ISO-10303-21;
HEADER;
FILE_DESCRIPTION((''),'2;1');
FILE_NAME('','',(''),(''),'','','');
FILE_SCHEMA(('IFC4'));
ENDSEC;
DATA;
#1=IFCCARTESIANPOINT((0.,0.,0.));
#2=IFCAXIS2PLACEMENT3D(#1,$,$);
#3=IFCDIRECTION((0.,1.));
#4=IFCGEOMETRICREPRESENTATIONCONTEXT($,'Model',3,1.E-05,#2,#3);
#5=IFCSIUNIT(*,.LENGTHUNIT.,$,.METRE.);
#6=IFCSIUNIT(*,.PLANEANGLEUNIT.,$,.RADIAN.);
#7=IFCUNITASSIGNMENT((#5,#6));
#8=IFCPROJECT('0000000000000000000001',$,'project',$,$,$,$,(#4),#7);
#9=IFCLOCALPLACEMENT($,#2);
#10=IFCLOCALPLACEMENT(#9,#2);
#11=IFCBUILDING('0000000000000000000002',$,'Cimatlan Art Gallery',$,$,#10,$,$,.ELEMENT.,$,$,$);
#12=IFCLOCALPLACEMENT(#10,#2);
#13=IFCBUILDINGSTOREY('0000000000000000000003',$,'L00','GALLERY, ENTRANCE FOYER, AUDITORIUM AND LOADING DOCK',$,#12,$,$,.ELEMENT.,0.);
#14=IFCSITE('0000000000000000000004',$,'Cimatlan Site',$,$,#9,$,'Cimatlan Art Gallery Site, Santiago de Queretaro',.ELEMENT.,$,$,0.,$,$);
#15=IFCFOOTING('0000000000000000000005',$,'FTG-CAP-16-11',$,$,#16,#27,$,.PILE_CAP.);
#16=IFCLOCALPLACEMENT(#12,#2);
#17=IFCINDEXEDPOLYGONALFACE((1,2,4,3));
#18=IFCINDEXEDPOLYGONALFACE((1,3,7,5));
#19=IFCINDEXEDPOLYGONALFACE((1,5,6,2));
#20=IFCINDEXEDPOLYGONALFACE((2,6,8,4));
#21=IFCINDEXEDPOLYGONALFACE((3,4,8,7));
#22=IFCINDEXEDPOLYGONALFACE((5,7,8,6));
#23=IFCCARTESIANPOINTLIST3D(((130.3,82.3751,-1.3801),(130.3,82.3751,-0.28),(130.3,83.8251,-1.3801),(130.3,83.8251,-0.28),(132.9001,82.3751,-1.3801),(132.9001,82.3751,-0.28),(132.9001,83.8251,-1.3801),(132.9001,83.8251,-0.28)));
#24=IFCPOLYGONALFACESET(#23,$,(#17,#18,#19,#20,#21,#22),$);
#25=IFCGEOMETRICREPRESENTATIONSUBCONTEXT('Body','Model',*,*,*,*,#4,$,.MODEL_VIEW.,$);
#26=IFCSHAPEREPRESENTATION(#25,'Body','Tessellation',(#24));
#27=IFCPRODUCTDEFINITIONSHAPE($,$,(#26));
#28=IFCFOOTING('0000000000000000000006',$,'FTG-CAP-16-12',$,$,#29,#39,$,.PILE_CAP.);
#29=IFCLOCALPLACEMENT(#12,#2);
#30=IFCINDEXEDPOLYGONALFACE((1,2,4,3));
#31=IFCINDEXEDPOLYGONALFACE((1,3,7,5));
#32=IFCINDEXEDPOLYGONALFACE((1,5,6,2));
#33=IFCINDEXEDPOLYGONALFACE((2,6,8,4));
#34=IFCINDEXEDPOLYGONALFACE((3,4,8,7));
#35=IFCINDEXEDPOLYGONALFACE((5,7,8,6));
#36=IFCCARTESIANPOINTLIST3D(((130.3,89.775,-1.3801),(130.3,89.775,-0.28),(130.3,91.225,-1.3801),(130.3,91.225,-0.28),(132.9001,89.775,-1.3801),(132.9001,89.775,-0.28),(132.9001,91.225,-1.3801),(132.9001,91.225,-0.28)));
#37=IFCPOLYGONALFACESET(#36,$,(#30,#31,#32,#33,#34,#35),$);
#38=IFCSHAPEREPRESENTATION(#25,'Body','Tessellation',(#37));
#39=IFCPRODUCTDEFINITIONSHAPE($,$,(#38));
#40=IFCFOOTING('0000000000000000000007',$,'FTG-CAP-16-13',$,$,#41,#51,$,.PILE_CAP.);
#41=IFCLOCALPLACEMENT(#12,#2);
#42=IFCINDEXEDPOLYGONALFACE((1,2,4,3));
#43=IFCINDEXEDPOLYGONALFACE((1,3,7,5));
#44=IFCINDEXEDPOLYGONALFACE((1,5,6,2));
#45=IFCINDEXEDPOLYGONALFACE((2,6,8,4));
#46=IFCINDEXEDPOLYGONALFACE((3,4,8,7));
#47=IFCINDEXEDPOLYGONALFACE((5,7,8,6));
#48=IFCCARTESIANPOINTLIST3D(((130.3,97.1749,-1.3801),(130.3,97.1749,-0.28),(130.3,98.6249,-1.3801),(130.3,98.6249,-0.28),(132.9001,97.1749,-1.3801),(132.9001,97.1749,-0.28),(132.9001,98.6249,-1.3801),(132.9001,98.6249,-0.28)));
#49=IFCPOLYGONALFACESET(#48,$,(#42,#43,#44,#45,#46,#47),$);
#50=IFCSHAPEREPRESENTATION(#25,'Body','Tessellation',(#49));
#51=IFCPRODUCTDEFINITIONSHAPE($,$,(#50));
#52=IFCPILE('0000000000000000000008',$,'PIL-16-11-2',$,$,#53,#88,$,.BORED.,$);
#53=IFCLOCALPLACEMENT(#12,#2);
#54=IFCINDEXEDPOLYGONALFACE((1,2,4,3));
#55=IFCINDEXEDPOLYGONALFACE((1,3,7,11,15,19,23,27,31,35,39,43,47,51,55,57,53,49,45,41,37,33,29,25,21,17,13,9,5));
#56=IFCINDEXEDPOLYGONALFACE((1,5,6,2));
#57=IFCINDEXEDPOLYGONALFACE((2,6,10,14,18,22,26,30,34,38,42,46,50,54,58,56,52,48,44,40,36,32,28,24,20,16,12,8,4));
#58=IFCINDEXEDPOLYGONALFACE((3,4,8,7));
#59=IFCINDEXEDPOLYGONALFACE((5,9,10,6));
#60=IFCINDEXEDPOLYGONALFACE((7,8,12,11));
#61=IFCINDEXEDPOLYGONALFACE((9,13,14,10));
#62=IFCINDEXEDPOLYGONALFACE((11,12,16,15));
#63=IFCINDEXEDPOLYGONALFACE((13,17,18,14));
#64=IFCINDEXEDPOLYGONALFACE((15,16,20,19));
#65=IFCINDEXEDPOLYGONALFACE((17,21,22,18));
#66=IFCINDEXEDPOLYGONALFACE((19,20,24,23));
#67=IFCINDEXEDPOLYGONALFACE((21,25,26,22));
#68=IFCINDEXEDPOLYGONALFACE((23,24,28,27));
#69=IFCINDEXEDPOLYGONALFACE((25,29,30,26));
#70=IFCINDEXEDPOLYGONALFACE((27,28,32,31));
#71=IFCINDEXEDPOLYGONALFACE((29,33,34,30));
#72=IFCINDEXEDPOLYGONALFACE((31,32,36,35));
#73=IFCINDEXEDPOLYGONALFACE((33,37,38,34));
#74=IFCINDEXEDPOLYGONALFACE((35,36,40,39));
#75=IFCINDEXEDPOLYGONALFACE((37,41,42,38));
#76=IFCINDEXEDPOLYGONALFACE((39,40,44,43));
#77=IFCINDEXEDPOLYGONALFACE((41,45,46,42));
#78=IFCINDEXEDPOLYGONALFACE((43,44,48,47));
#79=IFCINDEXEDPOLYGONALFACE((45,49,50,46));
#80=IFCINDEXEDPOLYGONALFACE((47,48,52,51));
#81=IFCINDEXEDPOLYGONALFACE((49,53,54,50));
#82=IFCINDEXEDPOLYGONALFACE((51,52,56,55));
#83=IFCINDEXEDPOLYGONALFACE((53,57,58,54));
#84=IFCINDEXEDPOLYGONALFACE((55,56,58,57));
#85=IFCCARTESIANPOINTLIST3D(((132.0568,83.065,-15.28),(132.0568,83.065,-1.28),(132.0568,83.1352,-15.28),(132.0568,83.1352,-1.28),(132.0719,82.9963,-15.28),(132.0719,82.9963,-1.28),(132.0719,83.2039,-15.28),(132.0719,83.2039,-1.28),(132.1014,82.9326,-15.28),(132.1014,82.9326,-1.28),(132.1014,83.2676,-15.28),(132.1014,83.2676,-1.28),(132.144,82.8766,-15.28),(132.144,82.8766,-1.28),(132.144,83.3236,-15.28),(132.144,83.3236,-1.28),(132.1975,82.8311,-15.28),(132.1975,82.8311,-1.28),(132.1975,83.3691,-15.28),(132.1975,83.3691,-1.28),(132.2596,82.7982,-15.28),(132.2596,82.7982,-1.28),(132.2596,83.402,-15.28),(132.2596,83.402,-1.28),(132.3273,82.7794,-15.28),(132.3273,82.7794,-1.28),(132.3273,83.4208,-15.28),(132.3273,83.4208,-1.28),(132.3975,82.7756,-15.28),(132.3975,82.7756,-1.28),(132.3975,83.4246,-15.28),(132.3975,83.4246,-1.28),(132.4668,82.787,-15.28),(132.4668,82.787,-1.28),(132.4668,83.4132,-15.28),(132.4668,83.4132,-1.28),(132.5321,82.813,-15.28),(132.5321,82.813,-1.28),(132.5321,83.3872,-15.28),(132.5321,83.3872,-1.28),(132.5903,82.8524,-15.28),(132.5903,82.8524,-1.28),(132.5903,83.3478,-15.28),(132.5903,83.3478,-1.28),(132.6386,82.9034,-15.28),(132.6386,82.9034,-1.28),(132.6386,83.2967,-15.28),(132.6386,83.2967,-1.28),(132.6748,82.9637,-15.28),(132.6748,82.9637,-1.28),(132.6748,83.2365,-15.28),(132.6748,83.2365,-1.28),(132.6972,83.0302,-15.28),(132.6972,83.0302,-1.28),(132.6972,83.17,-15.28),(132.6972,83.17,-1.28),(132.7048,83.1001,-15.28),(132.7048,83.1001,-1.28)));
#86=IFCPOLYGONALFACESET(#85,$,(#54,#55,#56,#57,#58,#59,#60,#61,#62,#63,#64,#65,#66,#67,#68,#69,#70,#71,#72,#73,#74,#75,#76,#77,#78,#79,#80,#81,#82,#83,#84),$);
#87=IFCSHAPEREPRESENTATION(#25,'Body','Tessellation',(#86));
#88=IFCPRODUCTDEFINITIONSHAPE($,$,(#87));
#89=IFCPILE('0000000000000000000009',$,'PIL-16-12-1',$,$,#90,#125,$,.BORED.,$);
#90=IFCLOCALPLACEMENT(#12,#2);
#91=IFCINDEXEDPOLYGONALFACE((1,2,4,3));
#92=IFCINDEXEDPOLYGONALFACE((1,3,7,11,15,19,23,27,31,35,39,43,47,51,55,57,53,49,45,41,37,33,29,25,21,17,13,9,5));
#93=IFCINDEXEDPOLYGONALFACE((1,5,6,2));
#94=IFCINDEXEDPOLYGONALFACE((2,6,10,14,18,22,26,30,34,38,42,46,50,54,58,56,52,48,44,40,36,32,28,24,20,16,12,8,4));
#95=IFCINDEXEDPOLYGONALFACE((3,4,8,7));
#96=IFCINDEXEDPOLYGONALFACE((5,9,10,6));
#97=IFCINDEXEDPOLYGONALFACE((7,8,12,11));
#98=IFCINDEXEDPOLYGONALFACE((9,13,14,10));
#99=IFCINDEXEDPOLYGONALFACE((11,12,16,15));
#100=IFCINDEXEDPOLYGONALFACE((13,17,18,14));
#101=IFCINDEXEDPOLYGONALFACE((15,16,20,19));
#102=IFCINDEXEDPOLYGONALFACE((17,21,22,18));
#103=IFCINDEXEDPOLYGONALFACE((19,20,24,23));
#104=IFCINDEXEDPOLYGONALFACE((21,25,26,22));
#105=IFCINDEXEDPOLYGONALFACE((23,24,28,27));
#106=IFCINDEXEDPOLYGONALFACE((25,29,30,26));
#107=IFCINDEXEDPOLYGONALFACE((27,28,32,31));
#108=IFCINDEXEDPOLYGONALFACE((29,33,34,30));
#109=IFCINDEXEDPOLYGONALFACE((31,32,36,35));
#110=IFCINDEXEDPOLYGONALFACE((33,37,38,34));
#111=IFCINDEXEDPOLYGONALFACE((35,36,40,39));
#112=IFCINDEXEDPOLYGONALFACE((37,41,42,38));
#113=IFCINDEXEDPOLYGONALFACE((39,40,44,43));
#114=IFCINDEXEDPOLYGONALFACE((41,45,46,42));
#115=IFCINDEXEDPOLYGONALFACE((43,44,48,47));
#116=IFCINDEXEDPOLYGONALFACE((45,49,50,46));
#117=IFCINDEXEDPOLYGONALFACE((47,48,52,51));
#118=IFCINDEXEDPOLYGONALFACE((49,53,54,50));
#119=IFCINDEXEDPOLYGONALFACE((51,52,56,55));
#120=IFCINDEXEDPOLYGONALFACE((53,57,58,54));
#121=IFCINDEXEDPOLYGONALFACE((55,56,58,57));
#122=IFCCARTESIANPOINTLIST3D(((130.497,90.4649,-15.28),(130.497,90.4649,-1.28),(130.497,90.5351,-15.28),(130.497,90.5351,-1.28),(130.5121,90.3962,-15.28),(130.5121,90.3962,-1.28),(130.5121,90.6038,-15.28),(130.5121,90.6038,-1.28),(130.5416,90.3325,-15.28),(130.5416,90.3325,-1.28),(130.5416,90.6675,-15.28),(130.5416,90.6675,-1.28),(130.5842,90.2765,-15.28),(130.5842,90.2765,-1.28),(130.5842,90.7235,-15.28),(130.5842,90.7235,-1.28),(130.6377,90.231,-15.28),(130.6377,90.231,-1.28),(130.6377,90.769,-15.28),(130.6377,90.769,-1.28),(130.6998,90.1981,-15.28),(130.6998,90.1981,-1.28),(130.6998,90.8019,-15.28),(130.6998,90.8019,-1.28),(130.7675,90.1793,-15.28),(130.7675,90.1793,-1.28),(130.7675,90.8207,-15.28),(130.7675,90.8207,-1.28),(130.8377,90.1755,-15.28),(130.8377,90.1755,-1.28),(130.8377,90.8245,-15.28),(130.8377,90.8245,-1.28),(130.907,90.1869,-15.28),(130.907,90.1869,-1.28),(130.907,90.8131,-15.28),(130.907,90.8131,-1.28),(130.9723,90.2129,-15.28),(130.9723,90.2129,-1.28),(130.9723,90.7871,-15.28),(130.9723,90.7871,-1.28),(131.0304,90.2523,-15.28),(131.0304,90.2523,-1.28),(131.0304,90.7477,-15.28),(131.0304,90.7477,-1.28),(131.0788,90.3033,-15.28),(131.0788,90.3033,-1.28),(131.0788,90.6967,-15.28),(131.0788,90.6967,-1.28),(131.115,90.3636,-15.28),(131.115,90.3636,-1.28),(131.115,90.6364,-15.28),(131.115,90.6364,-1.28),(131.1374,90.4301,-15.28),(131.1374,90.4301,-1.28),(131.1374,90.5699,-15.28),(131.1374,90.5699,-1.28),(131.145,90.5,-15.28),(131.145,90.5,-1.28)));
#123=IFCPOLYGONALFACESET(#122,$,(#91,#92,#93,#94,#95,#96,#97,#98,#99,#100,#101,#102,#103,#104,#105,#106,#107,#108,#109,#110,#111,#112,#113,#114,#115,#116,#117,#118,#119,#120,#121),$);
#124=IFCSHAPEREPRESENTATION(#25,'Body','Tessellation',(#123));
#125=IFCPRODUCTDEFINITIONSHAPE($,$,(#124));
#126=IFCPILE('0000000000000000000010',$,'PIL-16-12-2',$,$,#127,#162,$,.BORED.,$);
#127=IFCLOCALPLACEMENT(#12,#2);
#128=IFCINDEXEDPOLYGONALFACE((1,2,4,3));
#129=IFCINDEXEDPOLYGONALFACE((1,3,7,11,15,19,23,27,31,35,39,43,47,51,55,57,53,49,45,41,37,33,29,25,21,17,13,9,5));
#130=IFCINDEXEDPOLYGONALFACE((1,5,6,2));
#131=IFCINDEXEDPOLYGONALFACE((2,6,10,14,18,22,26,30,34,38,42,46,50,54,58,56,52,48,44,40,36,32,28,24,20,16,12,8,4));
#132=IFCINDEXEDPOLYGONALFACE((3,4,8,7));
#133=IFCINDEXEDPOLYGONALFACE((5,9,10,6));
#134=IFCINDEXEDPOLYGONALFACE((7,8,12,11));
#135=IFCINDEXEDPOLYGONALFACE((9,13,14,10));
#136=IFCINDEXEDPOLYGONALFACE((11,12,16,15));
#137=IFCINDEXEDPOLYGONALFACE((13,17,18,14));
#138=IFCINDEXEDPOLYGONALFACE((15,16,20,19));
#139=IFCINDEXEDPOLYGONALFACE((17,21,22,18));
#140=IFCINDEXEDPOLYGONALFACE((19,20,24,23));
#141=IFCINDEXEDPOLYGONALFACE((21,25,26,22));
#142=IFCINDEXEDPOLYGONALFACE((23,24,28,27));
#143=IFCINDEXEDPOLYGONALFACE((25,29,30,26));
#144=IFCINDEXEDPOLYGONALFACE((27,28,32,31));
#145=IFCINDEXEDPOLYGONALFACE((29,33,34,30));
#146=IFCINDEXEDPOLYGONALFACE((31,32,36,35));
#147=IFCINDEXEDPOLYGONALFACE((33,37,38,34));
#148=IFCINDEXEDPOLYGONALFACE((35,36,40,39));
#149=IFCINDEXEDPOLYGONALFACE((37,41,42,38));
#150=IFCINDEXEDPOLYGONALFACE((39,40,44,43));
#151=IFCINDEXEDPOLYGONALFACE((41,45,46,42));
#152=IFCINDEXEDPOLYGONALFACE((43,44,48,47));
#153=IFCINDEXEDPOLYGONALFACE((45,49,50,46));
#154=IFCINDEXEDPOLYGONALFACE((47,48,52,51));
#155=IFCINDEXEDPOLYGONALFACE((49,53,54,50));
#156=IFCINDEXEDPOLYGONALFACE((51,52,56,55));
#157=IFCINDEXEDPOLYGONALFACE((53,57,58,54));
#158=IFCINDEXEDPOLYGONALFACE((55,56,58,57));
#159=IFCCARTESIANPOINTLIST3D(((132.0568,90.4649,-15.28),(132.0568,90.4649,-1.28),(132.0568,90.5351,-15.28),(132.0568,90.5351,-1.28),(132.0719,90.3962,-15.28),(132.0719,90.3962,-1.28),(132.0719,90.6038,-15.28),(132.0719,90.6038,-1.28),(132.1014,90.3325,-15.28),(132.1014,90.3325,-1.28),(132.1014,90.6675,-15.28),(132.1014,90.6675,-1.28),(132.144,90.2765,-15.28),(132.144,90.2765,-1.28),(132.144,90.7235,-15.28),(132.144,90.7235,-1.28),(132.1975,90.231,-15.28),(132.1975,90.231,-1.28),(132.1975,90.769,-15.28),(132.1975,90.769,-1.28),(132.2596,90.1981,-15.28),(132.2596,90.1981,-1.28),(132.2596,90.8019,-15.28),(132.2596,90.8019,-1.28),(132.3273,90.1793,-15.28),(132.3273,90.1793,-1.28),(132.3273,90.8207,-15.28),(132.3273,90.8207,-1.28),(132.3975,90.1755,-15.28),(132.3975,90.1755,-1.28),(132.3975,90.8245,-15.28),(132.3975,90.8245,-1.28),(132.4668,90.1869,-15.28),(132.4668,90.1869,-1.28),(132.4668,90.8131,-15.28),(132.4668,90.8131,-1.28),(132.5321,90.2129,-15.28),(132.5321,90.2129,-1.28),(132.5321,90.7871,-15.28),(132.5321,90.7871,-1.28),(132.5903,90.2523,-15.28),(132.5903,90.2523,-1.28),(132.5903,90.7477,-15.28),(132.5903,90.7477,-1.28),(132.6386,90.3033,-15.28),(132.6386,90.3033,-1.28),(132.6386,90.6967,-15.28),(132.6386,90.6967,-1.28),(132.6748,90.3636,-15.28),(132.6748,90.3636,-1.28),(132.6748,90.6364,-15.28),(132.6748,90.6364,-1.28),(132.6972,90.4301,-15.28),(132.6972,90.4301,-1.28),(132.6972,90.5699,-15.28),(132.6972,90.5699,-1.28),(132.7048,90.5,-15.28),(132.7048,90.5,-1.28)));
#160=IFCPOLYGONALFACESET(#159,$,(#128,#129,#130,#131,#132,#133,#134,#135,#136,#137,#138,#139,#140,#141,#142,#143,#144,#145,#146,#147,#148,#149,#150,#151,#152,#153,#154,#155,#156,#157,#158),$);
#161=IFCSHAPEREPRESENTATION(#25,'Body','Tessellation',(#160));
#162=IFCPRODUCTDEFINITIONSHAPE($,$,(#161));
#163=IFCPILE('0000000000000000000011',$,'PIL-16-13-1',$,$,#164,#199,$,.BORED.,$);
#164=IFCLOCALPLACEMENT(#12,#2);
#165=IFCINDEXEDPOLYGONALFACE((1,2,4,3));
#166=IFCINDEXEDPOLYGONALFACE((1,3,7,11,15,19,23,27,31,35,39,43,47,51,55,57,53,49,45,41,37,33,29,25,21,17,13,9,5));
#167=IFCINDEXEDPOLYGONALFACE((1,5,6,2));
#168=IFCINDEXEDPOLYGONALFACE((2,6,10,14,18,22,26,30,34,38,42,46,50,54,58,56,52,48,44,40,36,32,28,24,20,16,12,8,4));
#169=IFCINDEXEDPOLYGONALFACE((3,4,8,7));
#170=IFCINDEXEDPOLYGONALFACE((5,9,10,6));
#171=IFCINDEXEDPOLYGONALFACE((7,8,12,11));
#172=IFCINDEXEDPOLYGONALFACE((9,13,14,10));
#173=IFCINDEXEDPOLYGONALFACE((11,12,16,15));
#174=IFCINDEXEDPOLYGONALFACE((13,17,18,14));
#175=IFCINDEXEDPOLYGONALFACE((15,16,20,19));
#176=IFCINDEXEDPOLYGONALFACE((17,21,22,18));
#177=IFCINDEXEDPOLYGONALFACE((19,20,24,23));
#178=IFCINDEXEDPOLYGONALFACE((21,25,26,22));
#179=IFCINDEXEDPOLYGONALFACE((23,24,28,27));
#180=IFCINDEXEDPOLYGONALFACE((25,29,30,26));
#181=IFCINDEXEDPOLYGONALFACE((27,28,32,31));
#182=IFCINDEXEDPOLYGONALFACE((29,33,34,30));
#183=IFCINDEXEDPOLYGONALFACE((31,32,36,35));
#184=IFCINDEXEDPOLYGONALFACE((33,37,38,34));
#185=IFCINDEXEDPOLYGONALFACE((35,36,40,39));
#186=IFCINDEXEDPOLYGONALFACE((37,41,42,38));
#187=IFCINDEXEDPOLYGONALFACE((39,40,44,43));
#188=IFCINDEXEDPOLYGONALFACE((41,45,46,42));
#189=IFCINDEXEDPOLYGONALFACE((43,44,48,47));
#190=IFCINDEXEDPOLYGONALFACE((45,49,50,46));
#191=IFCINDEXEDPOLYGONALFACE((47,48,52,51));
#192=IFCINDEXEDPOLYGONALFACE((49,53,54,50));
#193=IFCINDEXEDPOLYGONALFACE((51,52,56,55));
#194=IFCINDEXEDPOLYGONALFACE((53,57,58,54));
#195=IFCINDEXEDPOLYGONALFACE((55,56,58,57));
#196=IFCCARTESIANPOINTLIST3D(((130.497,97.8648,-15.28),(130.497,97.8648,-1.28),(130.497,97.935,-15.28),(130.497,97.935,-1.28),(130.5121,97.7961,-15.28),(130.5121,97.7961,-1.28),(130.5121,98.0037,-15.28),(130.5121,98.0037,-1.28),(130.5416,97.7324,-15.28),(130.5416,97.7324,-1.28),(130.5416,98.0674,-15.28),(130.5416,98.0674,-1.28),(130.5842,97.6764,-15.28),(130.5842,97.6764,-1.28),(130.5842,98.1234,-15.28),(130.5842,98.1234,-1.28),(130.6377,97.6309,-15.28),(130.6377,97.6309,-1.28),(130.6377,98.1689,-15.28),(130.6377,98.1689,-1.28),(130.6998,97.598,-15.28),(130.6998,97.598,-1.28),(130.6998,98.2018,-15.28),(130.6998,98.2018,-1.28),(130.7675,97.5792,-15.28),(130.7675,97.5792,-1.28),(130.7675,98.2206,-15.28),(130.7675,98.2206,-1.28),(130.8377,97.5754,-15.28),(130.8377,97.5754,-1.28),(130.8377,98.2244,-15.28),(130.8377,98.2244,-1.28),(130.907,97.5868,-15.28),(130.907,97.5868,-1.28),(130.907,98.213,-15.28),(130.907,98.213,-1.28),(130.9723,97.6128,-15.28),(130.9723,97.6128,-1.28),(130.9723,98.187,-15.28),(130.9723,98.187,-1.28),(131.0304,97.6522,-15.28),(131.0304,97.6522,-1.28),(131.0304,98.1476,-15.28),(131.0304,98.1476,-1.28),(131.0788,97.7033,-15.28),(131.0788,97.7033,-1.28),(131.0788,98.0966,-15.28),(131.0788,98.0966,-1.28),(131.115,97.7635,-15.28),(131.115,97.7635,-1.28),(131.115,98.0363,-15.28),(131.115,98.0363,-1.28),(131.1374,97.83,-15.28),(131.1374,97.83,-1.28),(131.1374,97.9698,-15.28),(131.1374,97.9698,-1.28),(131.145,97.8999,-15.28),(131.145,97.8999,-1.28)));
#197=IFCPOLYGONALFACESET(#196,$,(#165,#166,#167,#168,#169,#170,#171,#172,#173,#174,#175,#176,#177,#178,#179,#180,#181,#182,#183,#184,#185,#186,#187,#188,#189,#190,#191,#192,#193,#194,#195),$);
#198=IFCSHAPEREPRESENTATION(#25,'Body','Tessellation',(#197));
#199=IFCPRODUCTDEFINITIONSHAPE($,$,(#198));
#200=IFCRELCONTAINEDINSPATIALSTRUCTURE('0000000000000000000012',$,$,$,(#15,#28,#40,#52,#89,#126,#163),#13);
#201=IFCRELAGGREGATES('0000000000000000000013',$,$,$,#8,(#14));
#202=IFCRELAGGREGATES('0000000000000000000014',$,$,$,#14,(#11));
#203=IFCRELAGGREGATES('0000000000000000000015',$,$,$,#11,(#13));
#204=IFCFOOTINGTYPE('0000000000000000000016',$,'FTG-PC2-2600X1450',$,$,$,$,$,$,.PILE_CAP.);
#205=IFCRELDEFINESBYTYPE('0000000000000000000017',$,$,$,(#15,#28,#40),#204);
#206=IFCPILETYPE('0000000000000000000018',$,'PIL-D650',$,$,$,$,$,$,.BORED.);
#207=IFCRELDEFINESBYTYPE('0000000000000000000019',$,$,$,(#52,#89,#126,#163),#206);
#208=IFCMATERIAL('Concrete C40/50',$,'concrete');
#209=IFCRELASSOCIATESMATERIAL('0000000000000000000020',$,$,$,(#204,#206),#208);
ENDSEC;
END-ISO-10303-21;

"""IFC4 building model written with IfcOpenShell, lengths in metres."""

from ifc_helpers import new_model, si_unit, direction, frame, origin, origin_2d, place, context, subcontext, project, spatial, rectangle, circle, extrude, material, type_object, element, save


model = new_model("IFC4")

# Units and contexts
model_context = context("Model", 3, precision=1e-05, world=origin(), true_north=direction((0.0, 1.0)))
body_context = subcontext(model_context, "Body", "Model", "MODEL_VIEW")
ifc_project = project(units=[si_unit("LENGTHUNIT", "METRE"), si_unit("PLANEANGLEUNIT", "RADIAN")], contexts=[model_context])

# Site, building, storey
site_placement = place(None, origin())
site = spatial("IfcSite", under=ifc_project, at=site_placement, Name="Cimatlan Site", LongName="Cimatlan Art Gallery Site, Santiago de Queretaro", CompositionType="ELEMENT", RefElevation=0.0)
building_placement = place(site_placement, origin())
building = spatial("IfcBuilding", under=site, at=building_placement, Name="Cimatlan Art Gallery", CompositionType="ELEMENT")
storey_placement = place(building_placement, origin())
storey = spatial("IfcBuildingStorey", under=building, at=storey_placement, Name="L00", Description="GALLERY, ENTRANCE FOYER, AUDITORIUM AND LOADING DOCK", CompositionType="ELEMENT", Elevation=0.0)

# Footings
ifc_material_1 = material(Name="Concrete C40/50", Category="concrete")
footing_type = type_object("IfcFootingType", Name="FTG-PC2-2600X1450", PredefinedType="PILE_CAP", material=ifc_material_1)
for number, where, z_axis, x_axis, name in (
    (1, (131.6001, 83.1001, -1.3801), (0.0, 0.0, 1.0), (1.0, 0.0, 0.0), "FTG-CAP-16-11"),
    (2, (131.6001, 90.5, -1.3801), (0.0, 0.0, 1.0), (1.0, 0.0, 0.0), "FTG-CAP-16-12"),
    (3, (131.6001, 97.8999, -1.3801), (0.0, 0.0, 1.0), (1.0, 0.0, 0.0), "FTG-CAP-16-13"),
):
    element("IfcFooting", number, at=place(storey_placement, frame(where, z_axis=z_axis, x_axis=x_axis)), inside=storey, type_object=footing_type, Name=name, PredefinedType="PILE_CAP", context=body_context, shape_type="SweptSolid", body=[
        extrude(rectangle(XDim=2.6001, YDim=1.45, at=origin_2d()), origin(), (0.0, 0.0, 1.0), 1.1001),
    ])

# Piles
pile_type = type_object("IfcPileType", Name="PIL-D650", PredefinedType="BORED", material=ifc_material_1)
for number, where, z_axis, x_axis, name in (
    (4, (132.3799, 83.1001, -1.28), (0.0, 0.0, -1.0), (1.0, 0.0, 0.0), "PIL-16-11-2"),
    (5, (130.8201, 90.5, -1.28), (0.0, 0.0, -1.0), (1.0, 0.0, 0.0), "PIL-16-12-1"),
    (6, (132.3799, 90.5, -1.28), (0.0, 0.0, -1.0), (1.0, 0.0, 0.0), "PIL-16-12-2"),
    (7, (130.8201, 97.8999, -1.28), (0.0, 0.0, -1.0), (1.0, 0.0, 0.0), "PIL-16-13-1"),
):
    element("IfcPile", number, at=place(storey_placement, frame(where, z_axis=z_axis, x_axis=x_axis)), inside=storey, type_object=pile_type, Name=name, PredefinedType="BORED", context=body_context, shape_type="SweptSolid", body=[
        extrude(circle(Radius=0.325, at=origin_2d()), origin(), (0.0, 0.0, 1.0), 14.0),
    ])

save(model, "model.ifc")
